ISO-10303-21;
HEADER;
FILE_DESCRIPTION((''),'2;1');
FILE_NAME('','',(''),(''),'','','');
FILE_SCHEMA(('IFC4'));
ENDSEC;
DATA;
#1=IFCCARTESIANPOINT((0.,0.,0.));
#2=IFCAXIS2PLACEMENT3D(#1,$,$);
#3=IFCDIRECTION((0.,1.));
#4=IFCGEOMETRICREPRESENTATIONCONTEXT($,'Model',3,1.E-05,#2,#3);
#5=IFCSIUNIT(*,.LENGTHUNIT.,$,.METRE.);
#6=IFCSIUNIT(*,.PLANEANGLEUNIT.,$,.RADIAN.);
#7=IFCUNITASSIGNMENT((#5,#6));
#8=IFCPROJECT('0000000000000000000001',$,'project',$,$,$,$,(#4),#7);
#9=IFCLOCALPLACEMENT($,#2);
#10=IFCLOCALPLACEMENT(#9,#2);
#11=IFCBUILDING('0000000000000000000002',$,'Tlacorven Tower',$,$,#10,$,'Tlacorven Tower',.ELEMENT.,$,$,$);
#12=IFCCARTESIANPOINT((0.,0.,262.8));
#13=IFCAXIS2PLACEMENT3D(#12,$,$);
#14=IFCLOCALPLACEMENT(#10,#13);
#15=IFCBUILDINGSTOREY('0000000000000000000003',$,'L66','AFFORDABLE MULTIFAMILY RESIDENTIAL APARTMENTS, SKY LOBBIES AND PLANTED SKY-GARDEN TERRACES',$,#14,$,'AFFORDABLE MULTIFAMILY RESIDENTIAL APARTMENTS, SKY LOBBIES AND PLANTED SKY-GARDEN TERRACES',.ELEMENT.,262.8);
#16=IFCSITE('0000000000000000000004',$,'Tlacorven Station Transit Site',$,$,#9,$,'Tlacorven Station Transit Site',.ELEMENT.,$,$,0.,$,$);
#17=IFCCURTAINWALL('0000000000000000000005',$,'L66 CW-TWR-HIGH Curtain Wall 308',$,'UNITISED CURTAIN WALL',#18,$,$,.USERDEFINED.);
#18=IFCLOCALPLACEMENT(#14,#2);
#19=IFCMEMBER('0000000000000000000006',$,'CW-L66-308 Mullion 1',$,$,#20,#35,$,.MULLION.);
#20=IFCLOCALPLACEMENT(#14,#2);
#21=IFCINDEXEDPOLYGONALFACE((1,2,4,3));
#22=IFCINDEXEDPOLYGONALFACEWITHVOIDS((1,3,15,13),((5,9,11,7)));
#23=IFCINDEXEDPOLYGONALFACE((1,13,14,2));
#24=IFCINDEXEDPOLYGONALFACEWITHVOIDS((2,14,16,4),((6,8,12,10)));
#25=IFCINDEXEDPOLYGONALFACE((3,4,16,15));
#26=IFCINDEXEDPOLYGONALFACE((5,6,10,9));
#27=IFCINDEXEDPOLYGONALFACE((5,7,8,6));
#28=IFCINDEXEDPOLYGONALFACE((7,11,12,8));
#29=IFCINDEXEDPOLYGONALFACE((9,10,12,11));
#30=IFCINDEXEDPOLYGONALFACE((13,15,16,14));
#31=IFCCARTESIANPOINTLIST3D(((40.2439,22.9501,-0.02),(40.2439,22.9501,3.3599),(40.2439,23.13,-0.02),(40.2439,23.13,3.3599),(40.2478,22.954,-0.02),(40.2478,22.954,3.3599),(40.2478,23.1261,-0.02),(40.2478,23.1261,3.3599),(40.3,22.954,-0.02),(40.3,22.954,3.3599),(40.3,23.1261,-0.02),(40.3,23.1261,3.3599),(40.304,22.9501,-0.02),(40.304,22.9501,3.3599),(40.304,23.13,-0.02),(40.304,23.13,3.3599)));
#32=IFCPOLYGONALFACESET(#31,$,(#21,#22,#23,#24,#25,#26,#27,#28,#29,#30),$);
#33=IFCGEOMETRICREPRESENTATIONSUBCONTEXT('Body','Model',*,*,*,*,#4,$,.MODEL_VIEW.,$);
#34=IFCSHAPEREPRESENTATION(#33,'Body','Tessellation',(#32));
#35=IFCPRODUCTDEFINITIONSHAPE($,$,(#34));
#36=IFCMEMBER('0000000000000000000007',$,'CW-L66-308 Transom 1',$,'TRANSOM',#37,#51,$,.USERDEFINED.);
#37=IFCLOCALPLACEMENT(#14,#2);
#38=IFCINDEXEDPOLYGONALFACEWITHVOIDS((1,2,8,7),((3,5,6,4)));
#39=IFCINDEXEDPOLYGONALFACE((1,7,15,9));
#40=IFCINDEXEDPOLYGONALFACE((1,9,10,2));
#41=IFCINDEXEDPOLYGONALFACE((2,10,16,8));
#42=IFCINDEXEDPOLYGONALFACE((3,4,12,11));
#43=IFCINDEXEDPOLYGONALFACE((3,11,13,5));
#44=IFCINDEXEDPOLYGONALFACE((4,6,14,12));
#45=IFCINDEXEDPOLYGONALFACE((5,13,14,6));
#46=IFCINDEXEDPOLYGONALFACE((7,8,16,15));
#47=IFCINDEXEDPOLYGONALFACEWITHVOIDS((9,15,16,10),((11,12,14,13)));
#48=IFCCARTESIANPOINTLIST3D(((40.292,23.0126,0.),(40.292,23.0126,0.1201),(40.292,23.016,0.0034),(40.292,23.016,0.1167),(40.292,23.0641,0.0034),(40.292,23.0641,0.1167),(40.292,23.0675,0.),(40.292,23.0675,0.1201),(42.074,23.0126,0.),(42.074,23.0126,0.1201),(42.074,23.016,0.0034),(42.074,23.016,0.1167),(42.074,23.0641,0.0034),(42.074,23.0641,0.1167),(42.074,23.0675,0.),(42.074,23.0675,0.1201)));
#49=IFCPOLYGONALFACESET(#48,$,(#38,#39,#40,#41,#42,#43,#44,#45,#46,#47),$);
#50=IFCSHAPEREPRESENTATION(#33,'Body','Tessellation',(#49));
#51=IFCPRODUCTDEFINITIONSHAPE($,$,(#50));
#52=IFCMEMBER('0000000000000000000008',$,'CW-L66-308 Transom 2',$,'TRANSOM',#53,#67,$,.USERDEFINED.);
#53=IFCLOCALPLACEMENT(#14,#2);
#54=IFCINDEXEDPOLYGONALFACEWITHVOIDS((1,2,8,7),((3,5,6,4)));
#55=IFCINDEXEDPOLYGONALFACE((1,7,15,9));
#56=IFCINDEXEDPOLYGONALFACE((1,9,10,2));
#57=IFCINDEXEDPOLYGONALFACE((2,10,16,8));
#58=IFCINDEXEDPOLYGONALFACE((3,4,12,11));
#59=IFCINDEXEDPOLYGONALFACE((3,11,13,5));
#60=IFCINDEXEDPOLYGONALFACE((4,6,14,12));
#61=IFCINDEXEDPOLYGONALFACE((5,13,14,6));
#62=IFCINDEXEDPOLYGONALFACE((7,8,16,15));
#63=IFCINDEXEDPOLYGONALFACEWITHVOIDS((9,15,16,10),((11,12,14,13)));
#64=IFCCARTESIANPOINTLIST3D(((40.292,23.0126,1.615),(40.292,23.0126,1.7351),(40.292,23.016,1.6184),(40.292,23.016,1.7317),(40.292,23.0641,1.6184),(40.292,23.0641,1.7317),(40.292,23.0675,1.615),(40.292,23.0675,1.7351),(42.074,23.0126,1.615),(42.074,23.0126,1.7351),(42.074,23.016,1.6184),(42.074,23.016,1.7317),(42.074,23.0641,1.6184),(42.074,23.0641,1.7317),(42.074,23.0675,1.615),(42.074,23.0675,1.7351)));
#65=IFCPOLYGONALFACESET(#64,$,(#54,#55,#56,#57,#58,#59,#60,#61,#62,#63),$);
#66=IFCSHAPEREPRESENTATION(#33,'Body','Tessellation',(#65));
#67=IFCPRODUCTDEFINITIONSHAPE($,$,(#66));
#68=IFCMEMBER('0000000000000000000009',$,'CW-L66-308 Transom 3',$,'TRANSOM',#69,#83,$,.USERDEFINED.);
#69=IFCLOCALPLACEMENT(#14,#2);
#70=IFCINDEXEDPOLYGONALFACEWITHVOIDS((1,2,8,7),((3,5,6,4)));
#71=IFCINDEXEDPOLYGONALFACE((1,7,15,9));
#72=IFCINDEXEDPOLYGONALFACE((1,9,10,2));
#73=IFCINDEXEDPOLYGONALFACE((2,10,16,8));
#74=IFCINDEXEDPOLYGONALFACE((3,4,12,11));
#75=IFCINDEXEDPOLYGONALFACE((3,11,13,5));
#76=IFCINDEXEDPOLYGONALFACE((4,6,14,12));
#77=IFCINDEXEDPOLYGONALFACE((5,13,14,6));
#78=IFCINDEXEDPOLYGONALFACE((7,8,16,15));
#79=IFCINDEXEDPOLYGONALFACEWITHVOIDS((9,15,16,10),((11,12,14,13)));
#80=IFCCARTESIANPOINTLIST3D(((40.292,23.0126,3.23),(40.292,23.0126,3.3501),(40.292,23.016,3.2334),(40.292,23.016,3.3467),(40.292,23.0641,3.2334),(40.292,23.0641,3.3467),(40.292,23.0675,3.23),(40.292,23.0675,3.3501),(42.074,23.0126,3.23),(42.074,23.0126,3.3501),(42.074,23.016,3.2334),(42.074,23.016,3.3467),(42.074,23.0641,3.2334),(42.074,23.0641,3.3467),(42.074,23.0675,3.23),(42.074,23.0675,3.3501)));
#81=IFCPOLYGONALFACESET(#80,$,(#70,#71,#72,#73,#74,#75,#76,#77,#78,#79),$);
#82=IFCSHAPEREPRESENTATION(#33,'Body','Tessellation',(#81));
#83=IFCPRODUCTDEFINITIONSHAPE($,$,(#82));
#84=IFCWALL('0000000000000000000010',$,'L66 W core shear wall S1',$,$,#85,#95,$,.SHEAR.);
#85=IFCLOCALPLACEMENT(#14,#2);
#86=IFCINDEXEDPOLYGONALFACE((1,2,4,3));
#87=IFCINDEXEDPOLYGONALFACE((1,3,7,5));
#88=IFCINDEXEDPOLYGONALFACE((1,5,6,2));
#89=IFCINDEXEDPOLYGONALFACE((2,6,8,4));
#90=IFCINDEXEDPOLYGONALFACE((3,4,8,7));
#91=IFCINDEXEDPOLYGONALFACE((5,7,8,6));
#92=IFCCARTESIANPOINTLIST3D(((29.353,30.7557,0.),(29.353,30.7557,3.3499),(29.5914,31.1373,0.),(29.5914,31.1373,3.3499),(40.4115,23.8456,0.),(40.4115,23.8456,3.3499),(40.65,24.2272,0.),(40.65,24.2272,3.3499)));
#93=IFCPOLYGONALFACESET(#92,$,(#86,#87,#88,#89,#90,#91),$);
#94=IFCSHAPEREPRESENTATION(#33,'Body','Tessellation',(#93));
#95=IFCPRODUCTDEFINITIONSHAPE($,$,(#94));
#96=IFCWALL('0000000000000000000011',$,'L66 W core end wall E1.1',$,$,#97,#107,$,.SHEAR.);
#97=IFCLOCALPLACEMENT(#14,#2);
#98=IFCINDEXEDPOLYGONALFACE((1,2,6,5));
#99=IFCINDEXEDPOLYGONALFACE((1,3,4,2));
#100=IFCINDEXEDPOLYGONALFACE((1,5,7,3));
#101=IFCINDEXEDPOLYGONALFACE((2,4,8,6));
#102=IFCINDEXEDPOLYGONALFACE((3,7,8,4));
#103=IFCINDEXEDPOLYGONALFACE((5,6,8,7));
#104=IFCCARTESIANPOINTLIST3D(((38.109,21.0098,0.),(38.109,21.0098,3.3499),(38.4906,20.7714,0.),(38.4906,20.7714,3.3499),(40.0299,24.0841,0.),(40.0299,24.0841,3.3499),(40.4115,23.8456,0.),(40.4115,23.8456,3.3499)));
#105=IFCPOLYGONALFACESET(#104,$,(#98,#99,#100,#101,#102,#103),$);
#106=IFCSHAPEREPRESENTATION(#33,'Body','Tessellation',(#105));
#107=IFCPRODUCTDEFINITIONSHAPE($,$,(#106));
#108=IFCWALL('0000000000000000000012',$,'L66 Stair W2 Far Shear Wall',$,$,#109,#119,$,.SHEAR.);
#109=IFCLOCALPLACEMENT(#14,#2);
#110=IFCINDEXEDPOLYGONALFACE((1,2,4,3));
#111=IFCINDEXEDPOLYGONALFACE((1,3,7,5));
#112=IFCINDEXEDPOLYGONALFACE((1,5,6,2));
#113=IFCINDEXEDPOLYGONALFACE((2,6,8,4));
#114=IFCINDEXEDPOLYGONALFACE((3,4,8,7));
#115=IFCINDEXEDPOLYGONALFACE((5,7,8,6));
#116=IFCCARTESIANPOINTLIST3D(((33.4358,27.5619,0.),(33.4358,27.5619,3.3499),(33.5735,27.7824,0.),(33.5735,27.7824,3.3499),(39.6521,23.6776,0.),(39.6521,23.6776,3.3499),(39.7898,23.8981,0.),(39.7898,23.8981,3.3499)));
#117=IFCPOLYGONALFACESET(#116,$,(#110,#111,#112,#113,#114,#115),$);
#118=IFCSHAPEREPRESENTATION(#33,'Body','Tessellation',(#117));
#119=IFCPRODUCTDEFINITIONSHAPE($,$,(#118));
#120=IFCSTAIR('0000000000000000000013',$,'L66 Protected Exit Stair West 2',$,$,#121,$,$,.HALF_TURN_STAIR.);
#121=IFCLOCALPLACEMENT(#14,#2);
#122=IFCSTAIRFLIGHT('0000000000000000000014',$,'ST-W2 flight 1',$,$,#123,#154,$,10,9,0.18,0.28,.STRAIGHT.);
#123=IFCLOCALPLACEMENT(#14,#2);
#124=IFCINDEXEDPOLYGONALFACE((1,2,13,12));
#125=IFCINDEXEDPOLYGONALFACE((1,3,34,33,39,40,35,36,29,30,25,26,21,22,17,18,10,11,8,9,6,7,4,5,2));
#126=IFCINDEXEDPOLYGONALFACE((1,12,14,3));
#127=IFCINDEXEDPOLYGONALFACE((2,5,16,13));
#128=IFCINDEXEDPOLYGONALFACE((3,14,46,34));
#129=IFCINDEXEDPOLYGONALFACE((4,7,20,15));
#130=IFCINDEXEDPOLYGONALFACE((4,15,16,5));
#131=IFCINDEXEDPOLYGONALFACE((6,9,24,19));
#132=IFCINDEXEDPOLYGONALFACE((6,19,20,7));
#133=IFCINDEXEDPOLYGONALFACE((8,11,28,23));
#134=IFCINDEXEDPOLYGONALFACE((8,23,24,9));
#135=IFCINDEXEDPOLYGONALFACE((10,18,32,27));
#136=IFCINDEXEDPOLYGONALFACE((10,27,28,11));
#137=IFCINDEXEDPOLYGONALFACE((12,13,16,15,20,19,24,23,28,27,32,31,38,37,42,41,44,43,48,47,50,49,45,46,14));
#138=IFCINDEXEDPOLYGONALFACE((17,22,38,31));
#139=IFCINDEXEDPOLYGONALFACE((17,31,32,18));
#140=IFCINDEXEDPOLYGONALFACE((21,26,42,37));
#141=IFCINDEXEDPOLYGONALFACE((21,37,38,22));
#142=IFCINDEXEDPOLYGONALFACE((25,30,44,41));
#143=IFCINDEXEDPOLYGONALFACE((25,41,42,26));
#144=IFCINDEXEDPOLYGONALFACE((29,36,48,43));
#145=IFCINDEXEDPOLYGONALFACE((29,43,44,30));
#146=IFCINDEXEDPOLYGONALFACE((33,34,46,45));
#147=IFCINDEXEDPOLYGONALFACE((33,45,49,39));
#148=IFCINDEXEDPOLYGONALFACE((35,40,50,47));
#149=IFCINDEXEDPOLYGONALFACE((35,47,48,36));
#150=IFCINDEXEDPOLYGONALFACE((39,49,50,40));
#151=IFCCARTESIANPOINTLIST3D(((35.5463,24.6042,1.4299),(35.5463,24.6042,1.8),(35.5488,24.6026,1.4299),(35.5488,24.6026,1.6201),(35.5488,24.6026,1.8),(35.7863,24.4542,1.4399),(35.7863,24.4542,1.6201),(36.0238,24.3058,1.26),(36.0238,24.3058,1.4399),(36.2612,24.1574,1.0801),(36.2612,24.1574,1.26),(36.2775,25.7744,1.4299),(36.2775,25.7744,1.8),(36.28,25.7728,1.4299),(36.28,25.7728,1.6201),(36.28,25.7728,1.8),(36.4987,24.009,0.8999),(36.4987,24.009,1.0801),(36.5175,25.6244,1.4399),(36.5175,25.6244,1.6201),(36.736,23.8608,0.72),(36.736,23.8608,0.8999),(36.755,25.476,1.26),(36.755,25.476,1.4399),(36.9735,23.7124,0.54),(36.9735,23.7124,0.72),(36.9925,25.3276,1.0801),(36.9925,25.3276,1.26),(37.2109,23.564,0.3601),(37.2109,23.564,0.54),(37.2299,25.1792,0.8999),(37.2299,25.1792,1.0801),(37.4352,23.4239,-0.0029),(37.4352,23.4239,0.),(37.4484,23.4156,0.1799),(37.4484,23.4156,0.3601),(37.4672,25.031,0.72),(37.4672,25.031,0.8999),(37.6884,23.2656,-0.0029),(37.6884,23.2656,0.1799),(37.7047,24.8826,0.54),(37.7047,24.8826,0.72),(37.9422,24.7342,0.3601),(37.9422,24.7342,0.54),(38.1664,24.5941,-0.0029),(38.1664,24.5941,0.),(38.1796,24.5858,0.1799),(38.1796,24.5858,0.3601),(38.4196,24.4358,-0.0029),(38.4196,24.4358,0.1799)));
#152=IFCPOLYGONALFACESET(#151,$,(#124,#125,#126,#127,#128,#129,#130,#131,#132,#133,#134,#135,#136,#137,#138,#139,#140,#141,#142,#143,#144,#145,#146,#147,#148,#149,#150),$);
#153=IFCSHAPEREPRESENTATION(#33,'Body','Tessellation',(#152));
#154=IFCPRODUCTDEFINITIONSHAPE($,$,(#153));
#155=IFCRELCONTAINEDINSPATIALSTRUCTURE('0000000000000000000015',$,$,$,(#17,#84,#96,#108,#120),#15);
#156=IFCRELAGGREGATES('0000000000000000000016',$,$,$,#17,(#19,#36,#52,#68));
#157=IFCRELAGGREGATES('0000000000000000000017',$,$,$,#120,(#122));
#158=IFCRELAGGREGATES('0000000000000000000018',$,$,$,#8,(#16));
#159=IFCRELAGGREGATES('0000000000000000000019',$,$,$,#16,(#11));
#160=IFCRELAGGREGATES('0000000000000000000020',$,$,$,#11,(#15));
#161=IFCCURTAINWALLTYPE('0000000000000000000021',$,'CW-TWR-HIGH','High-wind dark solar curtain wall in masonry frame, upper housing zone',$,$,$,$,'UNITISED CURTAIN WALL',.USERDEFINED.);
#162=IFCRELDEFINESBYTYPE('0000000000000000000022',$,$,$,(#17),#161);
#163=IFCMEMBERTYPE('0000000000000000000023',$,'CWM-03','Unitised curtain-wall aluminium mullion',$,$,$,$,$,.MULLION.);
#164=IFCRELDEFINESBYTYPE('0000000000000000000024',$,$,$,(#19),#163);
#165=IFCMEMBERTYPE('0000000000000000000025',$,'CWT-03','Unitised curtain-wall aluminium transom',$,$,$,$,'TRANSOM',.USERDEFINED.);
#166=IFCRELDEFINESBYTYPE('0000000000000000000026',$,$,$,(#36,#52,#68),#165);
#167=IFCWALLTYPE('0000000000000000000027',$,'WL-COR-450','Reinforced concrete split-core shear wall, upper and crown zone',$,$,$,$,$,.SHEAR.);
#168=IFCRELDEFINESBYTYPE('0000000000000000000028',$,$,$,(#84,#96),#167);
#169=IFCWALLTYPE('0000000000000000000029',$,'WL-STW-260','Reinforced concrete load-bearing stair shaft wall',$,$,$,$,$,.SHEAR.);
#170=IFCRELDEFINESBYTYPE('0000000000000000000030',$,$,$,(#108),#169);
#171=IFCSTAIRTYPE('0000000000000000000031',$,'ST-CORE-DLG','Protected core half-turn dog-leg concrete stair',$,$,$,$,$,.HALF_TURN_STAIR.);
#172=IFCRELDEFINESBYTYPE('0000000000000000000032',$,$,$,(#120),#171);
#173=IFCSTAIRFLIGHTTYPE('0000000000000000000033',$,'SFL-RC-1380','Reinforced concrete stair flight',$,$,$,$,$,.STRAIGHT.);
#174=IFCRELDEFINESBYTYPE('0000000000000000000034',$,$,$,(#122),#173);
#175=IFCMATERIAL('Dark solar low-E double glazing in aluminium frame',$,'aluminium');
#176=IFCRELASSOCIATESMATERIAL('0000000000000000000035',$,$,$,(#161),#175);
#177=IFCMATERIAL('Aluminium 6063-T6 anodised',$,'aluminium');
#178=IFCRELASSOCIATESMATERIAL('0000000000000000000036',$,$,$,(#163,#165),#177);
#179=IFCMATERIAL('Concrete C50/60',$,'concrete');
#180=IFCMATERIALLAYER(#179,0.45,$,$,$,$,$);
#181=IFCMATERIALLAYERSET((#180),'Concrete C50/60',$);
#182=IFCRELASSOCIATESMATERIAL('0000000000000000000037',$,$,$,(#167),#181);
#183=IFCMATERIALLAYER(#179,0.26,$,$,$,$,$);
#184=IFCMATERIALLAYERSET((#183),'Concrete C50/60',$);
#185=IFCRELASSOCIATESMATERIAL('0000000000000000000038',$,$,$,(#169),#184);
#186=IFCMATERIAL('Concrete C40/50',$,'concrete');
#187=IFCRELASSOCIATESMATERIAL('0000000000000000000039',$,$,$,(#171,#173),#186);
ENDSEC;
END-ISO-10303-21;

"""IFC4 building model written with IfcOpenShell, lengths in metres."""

from ifc_helpers import new_model, si_unit, direction, frame, frame_2d, origin, origin_2d, place, context, subcontext, project, spatial, polyline, rectangle, hollow_rectangle, outline, extrude, source, transform, mapped, material, layer, layer_set, material_profile, profile_set, type_object, element, aggregate, save


model = new_model("IFC4")

# Units and contexts
model_context = context("Model", 3, precision=1e-05, world=origin(), true_north=direction((0.0, 1.0)))
body_context = subcontext(model_context, "Body", "Model", "MODEL_VIEW")
ifc_project = project(units=[si_unit("LENGTHUNIT", "METRE"), si_unit("PLANEANGLEUNIT", "RADIAN")], contexts=[model_context])

# Site, building, storey
site_placement = place(None, origin())
site = spatial("IfcSite", under=ifc_project, at=site_placement, Name="Tlacorven Station Transit Site", LongName="Tlacorven Station Transit Site", CompositionType="ELEMENT", RefElevation=0.0)
building_placement = place(site_placement, origin())
building = spatial("IfcBuilding", under=site, at=building_placement, Name="Tlacorven Tower", LongName="Tlacorven Tower", CompositionType="ELEMENT")
storey_placement = place(building_placement, frame((0.0, 0.0, 262.8)))
storey = spatial("IfcBuildingStorey", under=building, at=storey_placement, Name="L66", Description="AFFORDABLE MULTIFAMILY RESIDENTIAL APARTMENTS, SKY LOBBIES AND PLANTED SKY-GARDEN TERRACES", LongName="AFFORDABLE MULTIFAMILY RESIDENTIAL APARTMENTS, SKY LOBBIES AND PLANTED SKY-GARDEN TERRACES", CompositionType="ELEMENT", Elevation=262.8)

# Curtain wall, members
ifc_material_1 = material(Name="Dark solar low-E double glazing in aluminium frame", Category="aluminium")
curtain_wall_type = type_object("IfcCurtainWallType", Name="CW-TWR-HIGH", Description="High-wind dark solar curtain wall in masonry frame, upper housing zone", ElementType="UNITISED CURTAIN WALL", PredefinedType="USERDEFINED", material=ifc_material_1)
curtain_wall_placement = place(storey_placement, origin())
curtain_wall = element("IfcCurtainWall", 1, at=curtain_wall_placement, inside=storey, type_object=curtain_wall_type, Name="L66 CW-TWR-HIGH Curtain Wall 308", ObjectType="UNITISED CURTAIN WALL", PredefinedType="USERDEFINED")
ifc_material_2 = material(Name="Aluminium 6063-T6 anodised", Category="aluminium")
ifc_material_profile_1 = material_profile(ifc_material_2, hollow_rectangle(XDim=0.0601, YDim=0.1799, WallThickness=0.0039, at=origin_2d()), Name="ALU MULLION 60X180")
ifc_profile_set_1 = profile_set([ifc_material_profile_1], Name="Aluminium 6063-T6 anodised")
member_type_1 = type_object("IfcMemberType", Name="CWM-03", Description="Unitised curtain-wall aluminium mullion", PredefinedType="MULLION", material=ifc_profile_set_1)
shared_shape_1 = source(origin(), body_context, "Body", "SweptSolid", [
    extrude(hollow_rectangle(XDim=0.0601, YDim=0.1799, WallThickness=0.0039, at=origin_2d()), origin(), (0.0, 0.0, 1.0), 3.3799),
])
member_1_placement = place(storey_placement, frame((40.2739, 23.04, -0.02), z_axis=(0.0, 0.0, 1.0), x_axis=(1.0, 0.0, 0.0)))
member_1 = element("IfcMember", 2, at=member_1_placement, type_object=member_type_1, Name="CW-L66-308 Mullion 1", PredefinedType="MULLION", context=body_context, shape_type="MappedRepresentation", body=[
    mapped(shared_shape_1, transform((0.0, 0.0, 0.0), scale=1.0)),
])
ifc_material_profile_2 = material_profile(ifc_material_2, hollow_rectangle(XDim=0.0549, YDim=0.1201, WallThickness=0.0034, at=origin_2d()), Name="ALU TRANSOM 55X120")
ifc_profile_set_2 = profile_set([ifc_material_profile_2], Name="Aluminium 6063-T6 anodised")
member_type_2 = type_object("IfcMemberType", Name="CWT-03", Description="Unitised curtain-wall aluminium transom", ElementType="TRANSOM", PredefinedType="USERDEFINED", material=ifc_profile_set_2)
shared_shape_2 = source(origin(), body_context, "Body", "SweptSolid", [
    extrude(hollow_rectangle(XDim=0.0549, YDim=0.1201, WallThickness=0.0034, at=origin_2d()), origin(), (0.0, 0.0, 1.0), 1.782),
])
member_2_placement = place(storey_placement, frame((40.292, 23.04, 0.0601), z_axis=(1.0, 0.0, 0.0), x_axis=(0.0, 1.0, 0.0)))
member_2 = element("IfcMember", 3, at=member_2_placement, type_object=member_type_2, Name="CW-L66-308 Transom 1", ObjectType="TRANSOM", PredefinedType="USERDEFINED", context=body_context, shape_type="MappedRepresentation", body=[
    mapped(shared_shape_2, transform((0.0, 0.0, 0.0), scale=1.0)),
])
member_3_placement = place(storey_placement, frame((40.292, 23.04, 1.675), z_axis=(1.0, 0.0, 0.0), x_axis=(0.0, 1.0, 0.0)))
member_3 = element("IfcMember", 4, at=member_3_placement, type_object=member_type_2, Name="CW-L66-308 Transom 2", ObjectType="TRANSOM", PredefinedType="USERDEFINED", context=body_context, shape_type="MappedRepresentation", body=[
    mapped(shared_shape_2, transform((0.0, 0.0, 0.0), scale=1.0)),
])
member_4_placement = place(storey_placement, frame((40.292, 23.04, 3.29), z_axis=(1.0, 0.0, 0.0), x_axis=(0.0, 1.0, 0.0)))
member_4 = element("IfcMember", 5, at=member_4_placement, type_object=member_type_2, Name="CW-L66-308 Transom 3", ObjectType="TRANSOM", PredefinedType="USERDEFINED", context=body_context, shape_type="MappedRepresentation", body=[
    mapped(shared_shape_2, transform((0.0, 0.0, 0.0), scale=1.0)),
])
aggregate(curtain_wall, [member_1, member_2, member_3, member_4])

# Walls
ifc_material_3 = material(Name="Concrete C50/60", Category="concrete")
ifc_layer_1 = layer(ifc_material_3, 0.45)
ifc_layer_set_1 = layer_set([ifc_layer_1], Name="Concrete C50/60")
wall_type_1 = type_object("IfcWallType", Name="WL-COR-450", Description="Reinforced concrete split-core shear wall, upper and crown zone", PredefinedType="SHEAR", material=ifc_layer_set_1)
wall_1_placement = place(storey_placement, frame((40.5308, 24.0364, 0.0), z_axis=(0.0, 0.0, 1.0), x_axis=(-0.848049, 0.529918, 0.0)))
element("IfcWall", 6, at=wall_1_placement, inside=storey, type_object=wall_type_1, Name="L66 W core shear wall S1", PredefinedType="SHEAR", context=body_context, shape_type="SweptSolid", body=[
    extrude(rectangle(XDim=13.04, YDim=0.45, at=frame_2d((6.52, 0.0))), origin(), (0.0, 0.0, 1.0), 3.3499),
])
wall_2_placement = place(storey_placement, frame((40.2207, 23.9648, 0.0), z_axis=(0.0, 0.0, 1.0), x_axis=(-0.529902, -0.848059, 0.0)))
element("IfcWall", 7, at=wall_2_placement, inside=storey, type_object=wall_type_1, Name="L66 W core end wall E1.1", PredefinedType="SHEAR", context=body_context, shape_type="SweptSolid", body=[
    extrude(rectangle(XDim=3.625, YDim=0.45, at=frame_2d((1.8125, 0.0))), origin(), (0.0, 0.0, 1.0), 3.3499),
])
ifc_layer_2 = layer(ifc_material_3, 0.26)
ifc_layer_set_2 = layer_set([ifc_layer_2], Name="Concrete C50/60")
wall_type_2 = type_object("IfcWallType", Name="WL-STW-260", Description="Reinforced concrete load-bearing stair shaft wall", PredefinedType="SHEAR", material=ifc_layer_set_2)
wall_3_placement = place(storey_placement, frame((39.7209, 23.7878, 0.0), z_axis=(0.0, 0.0, 1.0), x_axis=(-0.848054, 0.529909, 0.0)))
element("IfcWall", 8, at=wall_3_placement, inside=storey, type_object=wall_type_2, Name="L66 Stair W2 Far Shear Wall", PredefinedType="SHEAR", context=body_context, shape_type="SweptSolid", body=[
    extrude(rectangle(XDim=7.3301, YDim=0.26, at=frame_2d((3.665, 0.0))), origin(), (0.0, 0.0, 1.0), 3.3499),
])

# Stair, stair flight
ifc_material_4 = material(Name="Concrete C40/50", Category="concrete")
stair_type = type_object("IfcStairType", Name="ST-CORE-DLG", Description="Protected core half-turn dog-leg concrete stair", PredefinedType="HALF_TURN_STAIR", material=ifc_material_4)
stair_placement = place(storey_placement, origin())
stair = element("IfcStair", 9, at=stair_placement, inside=storey, type_object=stair_type, Name="L66 Protected Exit Stair West 2", PredefinedType="HALF_TURN_STAIR")
stair_flight_type = type_object("IfcStairFlightType", Name="SFL-RC-1380", Description="Reinforced concrete stair flight", PredefinedType="STRAIGHT", material=ifc_material_4)
shared_shape_3 = source(origin(), body_context, "Body", "SweptSolid", [
    extrude(outline(polyline([(-0.0029, -0.0029), (-0.0029, 0.1799), (0.28, 0.1799), (0.28, 0.3601), (0.5601, 0.3601), (0.5601, 0.54), (0.8401, 0.54), (0.8401, 0.72), (1.1201, 0.72), (1.1201, 0.8999), (1.3999, 0.8999), (1.3999, 1.0801), (1.6799, 1.0801), (1.6799, 1.26), (1.96, 1.26), (1.96, 1.4399), (2.24, 1.4399), (2.24, 1.6201), (2.52, 1.6201), (2.52, 1.8), (2.5229, 1.8), (2.5229, 1.4299), (2.52, 1.4299), (0.2957, 0.0), (0.2957, -0.0029), (-0.0029, -0.0029)])), frame((0.0, 0.6899, 0.0), z_axis=(0.0, -1.0, 0.0), x_axis=(1.0, 0.0, 0.0)), (0.0, 0.0, 1.0), 1.3799),
])
stair_flight_placement = place(storey_placement, frame((38.0515, 23.8523, 0.0), z_axis=(0.0, 0.0, 1.0), x_axis=(-0.848048, 0.529919, 0.0)))
stair_flight = element("IfcStairFlight", 10, at=stair_flight_placement, type_object=stair_flight_type, Name="ST-W2 flight 1", NumberOfRisers=10, NumberOfTreads=9, PredefinedType="STRAIGHT", RiserHeight=0.18, TreadLength=0.28, context=body_context, shape_type="MappedRepresentation", body=[
    mapped(shared_shape_3, transform((0.0, 0.0, 0.0), scale=1.0)),
])
aggregate(stair, [stair_flight])

save(model, "model.ifc")
